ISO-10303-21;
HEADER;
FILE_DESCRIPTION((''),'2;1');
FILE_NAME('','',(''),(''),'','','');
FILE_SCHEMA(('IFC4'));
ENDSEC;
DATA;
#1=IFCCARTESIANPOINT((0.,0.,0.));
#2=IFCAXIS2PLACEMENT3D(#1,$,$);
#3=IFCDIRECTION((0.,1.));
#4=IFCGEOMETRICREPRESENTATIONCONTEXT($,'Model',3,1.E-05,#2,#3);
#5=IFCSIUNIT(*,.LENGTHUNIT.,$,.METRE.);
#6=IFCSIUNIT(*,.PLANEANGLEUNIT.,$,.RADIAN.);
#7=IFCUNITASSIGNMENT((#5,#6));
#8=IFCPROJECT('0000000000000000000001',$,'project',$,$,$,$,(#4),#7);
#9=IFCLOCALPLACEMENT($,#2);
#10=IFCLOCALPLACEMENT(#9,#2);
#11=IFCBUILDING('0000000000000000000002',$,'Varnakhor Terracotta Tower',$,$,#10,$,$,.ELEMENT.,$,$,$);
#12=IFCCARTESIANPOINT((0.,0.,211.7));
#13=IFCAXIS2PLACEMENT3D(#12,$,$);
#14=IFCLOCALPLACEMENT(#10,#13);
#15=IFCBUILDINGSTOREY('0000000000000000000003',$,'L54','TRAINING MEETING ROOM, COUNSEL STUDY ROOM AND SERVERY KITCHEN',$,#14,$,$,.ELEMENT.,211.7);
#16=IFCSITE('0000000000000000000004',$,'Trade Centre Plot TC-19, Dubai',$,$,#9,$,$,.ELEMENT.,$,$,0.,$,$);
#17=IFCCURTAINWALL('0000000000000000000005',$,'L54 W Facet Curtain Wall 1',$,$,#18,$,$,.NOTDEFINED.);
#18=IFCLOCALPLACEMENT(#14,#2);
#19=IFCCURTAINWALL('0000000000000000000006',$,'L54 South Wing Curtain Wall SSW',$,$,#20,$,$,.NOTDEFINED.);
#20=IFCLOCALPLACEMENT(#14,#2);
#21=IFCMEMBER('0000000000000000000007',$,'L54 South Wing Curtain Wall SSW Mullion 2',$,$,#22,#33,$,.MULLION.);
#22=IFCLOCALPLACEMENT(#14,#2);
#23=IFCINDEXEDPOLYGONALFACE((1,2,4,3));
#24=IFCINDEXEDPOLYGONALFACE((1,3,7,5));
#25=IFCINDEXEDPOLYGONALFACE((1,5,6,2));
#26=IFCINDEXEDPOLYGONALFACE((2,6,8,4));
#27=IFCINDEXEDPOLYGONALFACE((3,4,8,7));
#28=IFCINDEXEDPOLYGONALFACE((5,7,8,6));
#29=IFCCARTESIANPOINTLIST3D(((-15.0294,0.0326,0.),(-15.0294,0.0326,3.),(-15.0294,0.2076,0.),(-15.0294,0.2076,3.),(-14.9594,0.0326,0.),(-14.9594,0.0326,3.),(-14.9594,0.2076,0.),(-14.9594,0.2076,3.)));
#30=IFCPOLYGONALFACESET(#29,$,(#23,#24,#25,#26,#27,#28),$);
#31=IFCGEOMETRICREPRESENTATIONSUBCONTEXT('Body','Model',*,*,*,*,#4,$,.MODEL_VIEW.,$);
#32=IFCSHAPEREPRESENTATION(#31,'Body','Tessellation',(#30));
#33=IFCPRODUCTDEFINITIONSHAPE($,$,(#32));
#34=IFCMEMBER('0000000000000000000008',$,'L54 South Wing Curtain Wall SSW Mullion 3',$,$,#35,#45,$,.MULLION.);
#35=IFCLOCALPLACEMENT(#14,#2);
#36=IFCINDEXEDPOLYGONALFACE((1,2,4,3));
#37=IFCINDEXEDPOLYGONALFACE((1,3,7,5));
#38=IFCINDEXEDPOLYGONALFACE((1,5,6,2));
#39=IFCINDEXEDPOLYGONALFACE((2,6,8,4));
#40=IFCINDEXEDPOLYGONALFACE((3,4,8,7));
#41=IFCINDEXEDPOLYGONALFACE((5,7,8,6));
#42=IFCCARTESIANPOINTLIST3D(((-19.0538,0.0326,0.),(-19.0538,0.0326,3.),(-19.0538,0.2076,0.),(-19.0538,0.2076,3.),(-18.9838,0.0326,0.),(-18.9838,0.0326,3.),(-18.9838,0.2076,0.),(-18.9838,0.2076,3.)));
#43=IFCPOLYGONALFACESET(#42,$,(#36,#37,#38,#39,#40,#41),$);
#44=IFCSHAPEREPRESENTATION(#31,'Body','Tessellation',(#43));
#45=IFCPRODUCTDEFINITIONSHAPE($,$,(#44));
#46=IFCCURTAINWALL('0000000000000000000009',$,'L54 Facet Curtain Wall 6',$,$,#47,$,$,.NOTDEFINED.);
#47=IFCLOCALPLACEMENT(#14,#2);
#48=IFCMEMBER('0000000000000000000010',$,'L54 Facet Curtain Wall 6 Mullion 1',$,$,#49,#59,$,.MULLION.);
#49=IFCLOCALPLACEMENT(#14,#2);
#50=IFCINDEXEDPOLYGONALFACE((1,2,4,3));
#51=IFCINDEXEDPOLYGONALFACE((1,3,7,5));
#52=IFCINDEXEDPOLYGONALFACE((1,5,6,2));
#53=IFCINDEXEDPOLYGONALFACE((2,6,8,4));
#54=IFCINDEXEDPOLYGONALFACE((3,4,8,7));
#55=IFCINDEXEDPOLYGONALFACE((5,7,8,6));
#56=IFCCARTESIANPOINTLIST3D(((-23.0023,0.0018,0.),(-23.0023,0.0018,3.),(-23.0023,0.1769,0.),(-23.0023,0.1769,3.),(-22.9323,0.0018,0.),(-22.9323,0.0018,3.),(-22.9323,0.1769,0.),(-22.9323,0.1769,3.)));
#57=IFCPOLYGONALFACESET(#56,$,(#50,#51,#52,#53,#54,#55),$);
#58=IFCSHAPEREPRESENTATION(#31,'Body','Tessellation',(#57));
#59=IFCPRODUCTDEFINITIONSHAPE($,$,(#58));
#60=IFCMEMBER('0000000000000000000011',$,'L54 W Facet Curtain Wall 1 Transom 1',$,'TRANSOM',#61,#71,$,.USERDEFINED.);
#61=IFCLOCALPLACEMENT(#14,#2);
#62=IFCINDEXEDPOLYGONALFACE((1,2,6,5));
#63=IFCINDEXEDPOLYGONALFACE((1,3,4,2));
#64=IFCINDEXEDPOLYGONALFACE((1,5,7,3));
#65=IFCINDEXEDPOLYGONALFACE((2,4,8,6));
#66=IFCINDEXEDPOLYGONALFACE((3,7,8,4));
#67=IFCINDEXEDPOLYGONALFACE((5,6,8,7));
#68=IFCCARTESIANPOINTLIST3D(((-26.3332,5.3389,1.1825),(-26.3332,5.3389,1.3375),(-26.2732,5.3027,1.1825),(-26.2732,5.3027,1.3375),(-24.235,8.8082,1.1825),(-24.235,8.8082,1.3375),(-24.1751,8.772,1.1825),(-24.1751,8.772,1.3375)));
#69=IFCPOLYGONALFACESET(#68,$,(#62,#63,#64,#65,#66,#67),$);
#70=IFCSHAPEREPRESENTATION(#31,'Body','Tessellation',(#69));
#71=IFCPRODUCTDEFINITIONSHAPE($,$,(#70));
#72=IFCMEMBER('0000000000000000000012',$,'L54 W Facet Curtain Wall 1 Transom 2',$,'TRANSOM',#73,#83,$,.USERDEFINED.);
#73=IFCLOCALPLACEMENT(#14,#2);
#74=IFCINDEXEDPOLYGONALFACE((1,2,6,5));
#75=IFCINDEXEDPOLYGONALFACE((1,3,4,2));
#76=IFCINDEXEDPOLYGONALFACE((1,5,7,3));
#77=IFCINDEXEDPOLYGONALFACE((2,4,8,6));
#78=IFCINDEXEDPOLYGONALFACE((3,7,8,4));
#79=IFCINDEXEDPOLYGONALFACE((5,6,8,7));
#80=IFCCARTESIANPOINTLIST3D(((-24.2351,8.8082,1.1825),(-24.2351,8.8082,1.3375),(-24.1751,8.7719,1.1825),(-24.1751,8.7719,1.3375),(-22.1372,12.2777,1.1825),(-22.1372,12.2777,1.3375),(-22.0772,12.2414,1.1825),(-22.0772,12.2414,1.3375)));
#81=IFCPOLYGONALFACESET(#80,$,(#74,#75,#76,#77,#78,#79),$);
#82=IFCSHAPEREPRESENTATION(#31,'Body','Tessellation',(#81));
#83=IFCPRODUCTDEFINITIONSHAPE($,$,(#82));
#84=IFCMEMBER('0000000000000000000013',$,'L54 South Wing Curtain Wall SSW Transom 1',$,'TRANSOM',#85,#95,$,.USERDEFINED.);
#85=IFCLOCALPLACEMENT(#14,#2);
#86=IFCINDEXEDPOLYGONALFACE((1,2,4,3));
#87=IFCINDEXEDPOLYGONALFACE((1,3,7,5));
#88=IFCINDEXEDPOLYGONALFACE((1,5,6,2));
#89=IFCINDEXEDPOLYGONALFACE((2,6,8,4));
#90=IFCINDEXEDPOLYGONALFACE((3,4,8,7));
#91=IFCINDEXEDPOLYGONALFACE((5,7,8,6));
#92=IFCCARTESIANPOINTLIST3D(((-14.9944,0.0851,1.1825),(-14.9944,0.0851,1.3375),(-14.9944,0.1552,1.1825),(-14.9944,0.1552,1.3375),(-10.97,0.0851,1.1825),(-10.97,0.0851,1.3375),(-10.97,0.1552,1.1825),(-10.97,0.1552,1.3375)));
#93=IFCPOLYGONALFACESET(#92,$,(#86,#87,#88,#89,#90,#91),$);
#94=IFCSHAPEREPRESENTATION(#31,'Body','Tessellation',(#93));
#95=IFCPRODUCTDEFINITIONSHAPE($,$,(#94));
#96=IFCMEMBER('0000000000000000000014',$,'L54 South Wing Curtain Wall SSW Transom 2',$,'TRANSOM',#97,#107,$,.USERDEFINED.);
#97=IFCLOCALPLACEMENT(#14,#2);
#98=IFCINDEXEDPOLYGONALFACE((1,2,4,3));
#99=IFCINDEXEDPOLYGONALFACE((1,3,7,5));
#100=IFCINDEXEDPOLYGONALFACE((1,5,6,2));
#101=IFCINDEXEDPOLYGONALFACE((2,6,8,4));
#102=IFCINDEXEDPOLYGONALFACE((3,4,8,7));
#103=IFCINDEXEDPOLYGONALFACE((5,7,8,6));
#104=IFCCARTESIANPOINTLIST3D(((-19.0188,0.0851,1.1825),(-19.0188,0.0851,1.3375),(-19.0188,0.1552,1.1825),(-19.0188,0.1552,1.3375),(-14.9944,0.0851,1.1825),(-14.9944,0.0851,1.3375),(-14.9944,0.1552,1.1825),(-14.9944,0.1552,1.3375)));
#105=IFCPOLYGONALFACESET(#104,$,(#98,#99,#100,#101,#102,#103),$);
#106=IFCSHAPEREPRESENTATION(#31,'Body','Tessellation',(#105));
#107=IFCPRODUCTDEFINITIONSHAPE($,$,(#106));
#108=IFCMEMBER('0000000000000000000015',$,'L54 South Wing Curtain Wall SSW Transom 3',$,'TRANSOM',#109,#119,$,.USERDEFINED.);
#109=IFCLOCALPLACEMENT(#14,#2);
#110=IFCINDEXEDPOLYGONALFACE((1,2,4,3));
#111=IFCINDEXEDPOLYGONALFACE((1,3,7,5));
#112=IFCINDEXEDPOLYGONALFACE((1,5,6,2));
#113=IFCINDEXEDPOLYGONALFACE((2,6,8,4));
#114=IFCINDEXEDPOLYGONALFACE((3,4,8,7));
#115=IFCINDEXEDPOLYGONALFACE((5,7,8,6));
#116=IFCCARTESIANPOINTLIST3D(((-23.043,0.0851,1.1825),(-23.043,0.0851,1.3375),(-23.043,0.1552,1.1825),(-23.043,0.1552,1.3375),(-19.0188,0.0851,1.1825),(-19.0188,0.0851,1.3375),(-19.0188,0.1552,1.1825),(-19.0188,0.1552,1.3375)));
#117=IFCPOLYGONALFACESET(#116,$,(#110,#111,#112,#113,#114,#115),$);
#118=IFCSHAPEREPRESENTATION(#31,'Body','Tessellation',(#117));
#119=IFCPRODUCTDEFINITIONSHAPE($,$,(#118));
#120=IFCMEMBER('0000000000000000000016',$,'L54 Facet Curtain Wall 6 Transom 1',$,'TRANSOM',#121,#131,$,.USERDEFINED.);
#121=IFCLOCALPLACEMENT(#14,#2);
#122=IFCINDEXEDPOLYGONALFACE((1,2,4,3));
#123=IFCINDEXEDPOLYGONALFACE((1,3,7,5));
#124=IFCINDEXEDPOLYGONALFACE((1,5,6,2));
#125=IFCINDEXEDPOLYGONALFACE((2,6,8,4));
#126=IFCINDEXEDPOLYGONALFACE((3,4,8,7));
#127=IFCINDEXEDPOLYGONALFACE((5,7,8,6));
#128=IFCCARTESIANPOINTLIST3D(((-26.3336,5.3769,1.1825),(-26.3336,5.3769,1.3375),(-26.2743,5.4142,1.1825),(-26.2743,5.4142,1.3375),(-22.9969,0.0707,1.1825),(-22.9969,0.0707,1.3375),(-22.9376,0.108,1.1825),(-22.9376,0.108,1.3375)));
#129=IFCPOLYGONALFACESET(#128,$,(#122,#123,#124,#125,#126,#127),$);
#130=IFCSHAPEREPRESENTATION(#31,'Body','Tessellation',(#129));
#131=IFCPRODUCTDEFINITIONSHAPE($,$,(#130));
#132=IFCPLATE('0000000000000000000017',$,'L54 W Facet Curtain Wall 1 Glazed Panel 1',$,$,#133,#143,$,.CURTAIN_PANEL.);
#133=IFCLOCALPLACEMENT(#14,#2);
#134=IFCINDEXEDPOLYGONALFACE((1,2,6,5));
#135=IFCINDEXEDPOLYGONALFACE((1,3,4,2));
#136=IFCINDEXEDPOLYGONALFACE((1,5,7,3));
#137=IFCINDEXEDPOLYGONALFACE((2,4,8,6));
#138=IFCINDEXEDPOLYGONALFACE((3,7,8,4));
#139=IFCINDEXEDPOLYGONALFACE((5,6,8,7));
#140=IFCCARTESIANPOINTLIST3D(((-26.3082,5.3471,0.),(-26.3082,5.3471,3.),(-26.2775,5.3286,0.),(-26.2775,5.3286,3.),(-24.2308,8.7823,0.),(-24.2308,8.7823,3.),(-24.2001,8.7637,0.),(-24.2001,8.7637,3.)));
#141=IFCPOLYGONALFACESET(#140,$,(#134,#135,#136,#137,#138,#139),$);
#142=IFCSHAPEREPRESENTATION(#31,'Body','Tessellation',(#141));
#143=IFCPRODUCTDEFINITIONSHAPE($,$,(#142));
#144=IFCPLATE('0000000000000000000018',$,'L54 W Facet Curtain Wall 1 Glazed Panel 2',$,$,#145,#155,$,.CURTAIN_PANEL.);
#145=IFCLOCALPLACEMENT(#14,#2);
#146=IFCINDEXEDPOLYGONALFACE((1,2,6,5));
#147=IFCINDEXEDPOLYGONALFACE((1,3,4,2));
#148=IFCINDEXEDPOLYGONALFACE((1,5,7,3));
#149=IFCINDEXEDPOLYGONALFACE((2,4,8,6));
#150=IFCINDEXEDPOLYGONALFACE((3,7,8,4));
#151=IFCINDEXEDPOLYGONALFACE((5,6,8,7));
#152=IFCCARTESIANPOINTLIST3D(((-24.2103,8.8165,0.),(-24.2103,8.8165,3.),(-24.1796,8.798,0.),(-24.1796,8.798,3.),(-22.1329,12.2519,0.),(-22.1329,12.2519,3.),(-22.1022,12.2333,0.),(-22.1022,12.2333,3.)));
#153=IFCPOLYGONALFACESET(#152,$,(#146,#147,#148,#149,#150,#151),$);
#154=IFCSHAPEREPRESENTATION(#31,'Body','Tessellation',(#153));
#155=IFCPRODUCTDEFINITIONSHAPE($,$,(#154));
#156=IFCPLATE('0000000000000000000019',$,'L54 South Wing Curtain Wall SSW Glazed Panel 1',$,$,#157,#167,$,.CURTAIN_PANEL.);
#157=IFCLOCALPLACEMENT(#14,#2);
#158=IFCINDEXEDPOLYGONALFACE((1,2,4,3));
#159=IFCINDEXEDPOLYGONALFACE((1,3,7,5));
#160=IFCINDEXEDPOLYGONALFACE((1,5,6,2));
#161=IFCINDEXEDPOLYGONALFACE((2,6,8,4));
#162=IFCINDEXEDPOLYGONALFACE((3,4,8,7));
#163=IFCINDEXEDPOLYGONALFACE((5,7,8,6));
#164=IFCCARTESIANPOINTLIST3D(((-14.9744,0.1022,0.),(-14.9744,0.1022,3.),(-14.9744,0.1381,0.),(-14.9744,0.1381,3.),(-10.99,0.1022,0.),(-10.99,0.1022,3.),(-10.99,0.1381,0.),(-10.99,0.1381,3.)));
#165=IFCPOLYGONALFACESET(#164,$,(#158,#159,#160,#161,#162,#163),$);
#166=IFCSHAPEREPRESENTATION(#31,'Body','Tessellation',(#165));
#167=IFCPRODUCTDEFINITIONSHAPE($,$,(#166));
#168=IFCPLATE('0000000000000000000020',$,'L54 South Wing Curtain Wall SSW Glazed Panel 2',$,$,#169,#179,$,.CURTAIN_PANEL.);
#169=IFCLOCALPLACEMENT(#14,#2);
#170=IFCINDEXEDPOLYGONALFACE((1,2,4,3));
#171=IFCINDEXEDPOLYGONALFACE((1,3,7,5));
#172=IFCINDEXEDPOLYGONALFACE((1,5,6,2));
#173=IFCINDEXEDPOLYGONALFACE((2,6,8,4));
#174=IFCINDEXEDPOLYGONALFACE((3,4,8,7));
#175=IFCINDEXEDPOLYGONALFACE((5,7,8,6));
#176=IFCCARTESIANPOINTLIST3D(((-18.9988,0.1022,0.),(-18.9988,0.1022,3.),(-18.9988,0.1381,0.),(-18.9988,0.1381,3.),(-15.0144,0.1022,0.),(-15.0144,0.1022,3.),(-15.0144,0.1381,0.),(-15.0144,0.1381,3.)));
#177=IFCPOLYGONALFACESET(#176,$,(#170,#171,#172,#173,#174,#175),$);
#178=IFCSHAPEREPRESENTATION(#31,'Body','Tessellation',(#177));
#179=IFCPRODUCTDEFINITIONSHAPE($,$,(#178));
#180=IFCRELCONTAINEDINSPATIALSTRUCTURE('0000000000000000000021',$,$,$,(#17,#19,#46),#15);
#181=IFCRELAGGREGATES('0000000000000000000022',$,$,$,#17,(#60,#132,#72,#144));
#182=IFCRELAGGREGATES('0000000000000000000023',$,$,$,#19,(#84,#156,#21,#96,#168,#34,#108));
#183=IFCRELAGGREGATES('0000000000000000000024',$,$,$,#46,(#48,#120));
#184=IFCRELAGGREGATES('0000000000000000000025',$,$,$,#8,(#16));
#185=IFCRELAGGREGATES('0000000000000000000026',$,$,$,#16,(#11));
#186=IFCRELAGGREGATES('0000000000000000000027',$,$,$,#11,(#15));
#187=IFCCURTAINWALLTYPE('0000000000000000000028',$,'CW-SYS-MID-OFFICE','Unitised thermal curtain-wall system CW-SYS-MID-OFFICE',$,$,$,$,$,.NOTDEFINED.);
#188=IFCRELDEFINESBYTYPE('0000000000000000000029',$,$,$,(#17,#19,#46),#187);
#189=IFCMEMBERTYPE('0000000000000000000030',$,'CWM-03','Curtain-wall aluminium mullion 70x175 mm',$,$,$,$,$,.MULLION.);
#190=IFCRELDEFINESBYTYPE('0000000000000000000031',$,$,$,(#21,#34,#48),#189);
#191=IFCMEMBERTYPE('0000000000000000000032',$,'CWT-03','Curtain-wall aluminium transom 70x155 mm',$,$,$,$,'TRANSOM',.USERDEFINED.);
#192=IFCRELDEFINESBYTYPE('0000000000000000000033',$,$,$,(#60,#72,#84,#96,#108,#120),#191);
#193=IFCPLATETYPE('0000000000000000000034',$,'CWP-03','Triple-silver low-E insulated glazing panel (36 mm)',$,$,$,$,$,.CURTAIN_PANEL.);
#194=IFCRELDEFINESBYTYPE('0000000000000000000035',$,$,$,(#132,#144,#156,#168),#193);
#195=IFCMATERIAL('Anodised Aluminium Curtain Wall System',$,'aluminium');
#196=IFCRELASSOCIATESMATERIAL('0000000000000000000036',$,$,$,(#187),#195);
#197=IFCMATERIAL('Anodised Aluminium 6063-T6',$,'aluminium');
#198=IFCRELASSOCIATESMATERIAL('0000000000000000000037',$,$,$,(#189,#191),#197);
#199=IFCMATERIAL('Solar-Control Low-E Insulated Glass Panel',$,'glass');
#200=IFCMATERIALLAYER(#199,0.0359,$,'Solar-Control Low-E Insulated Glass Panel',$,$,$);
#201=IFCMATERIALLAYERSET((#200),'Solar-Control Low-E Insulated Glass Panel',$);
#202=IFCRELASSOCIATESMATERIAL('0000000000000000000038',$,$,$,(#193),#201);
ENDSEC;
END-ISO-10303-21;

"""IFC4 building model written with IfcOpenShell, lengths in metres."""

from ifc_helpers import new_model, si_unit, direction, frame, origin, origin_2d, place, context, subcontext, project, spatial, rectangle, extrude, source, transform, mapped, material, layer, layer_set, material_profile, profile_set, type_object, element, aggregate, save


model = new_model("IFC4")

# Units and contexts
model_context = context("Model", 3, precision=1e-05, world=origin(), true_north=direction((0.0, 1.0)))
body_context = subcontext(model_context, "Body", "Model", "MODEL_VIEW")
ifc_project = project(units=[si_unit("LENGTHUNIT", "METRE"), si_unit("PLANEANGLEUNIT", "RADIAN")], contexts=[model_context])

# Site, building, storey
site_placement = place(None, origin())
site = spatial("IfcSite", under=ifc_project, at=site_placement, Name="Trade Centre Plot TC-19, Dubai", CompositionType="ELEMENT", RefElevation=0.0)
building_placement = place(site_placement, origin())
building = spatial("IfcBuilding", under=site, at=building_placement, Name="Varnakhor Terracotta Tower", CompositionType="ELEMENT")
storey_placement = place(building_placement, frame((0.0, 0.0, 211.7)))
storey = spatial("IfcBuildingStorey", under=building, at=storey_placement, Name="L54", Description="TRAINING MEETING ROOM, COUNSEL STUDY ROOM AND SERVERY KITCHEN", CompositionType="ELEMENT", Elevation=211.7)

# Curtain walls, members
ifc_material_1 = material(Name="Anodised Aluminium Curtain Wall System", Category="aluminium")
curtain_wall_type = type_object("IfcCurtainWallType", Name="CW-SYS-MID-OFFICE", Description="Unitised thermal curtain-wall system CW-SYS-MID-OFFICE", PredefinedType="NOTDEFINED", material=ifc_material_1)
curtain_wall_1_placement = place(storey_placement, origin())
curtain_wall_1 = element("IfcCurtainWall", 1, at=curtain_wall_1_placement, inside=storey, type_object=curtain_wall_type, Name="L54 W Facet Curtain Wall 1", PredefinedType="NOTDEFINED")
ifc_material_2 = material(Name="Anodised Aluminium 6063-T6", Category="aluminium")
ifc_material_profile_1 = material_profile(ifc_material_2, rectangle(XDim=0.0701, YDim=0.175, at=origin_2d()), Name="ALU MULLION 70x175")
ifc_profile_set_1 = profile_set([ifc_material_profile_1], Name="Anodised Aluminium 6063-T6")
member_type_1 = type_object("IfcMemberType", Name="CWM-03", Description="Curtain-wall aluminium mullion 70x175 mm", PredefinedType="MULLION", material=ifc_profile_set_1)
shared_shape_1 = source(origin(), body_context, "Body", "SweptSolid", [
    extrude(rectangle(XDim=0.0701, YDim=0.175, at=origin_2d()), origin(), (0.0, 0.0, 1.0), 3.0),
])
curtain_wall_2_placement = place(storey_placement, origin())
curtain_wall_2 = element("IfcCurtainWall", 2, at=curtain_wall_2_placement, inside=storey, type_object=curtain_wall_type, Name="L54 South Wing Curtain Wall SSW", PredefinedType="NOTDEFINED")
member_1_placement = place(storey_placement, frame((-14.9944, 0.1201, 0.0), z_axis=(0.0, 0.0, 1.0), x_axis=(1.0, 0.0, 0.0)))
member_1 = element("IfcMember", 3, at=member_1_placement, type_object=member_type_1, Name="L54 South Wing Curtain Wall SSW Mullion 2", PredefinedType="MULLION", context=body_context, shape_type="MappedRepresentation", body=[
    mapped(shared_shape_1, transform((0.0, 0.0, 0.0), scale=1.0)),
])
member_2_placement = place(storey_placement, frame((-19.0188, 0.1201, 0.0), z_axis=(0.0, 0.0, 1.0), x_axis=(1.0, 0.0, 0.0)))
member_2 = element("IfcMember", 4, at=member_2_placement, type_object=member_type_1, Name="L54 South Wing Curtain Wall SSW Mullion 3", PredefinedType="MULLION", context=body_context, shape_type="MappedRepresentation", body=[
    mapped(shared_shape_1, transform((0.0, 0.0, 0.0), scale=1.0)),
])

# Curtain wall, member
curtain_wall_3_placement = place(storey_placement, origin())
curtain_wall_3 = element("IfcCurtainWall", 5, at=curtain_wall_3_placement, inside=storey, type_object=curtain_wall_type, Name="L54 Facet Curtain Wall 6", PredefinedType="NOTDEFINED")
member_3_placement = place(storey_placement, frame((-22.9673, 0.0894, 0.0), z_axis=(0.0, 0.0, 1.0), x_axis=(1.0, 0.0, 0.0)))
member_3 = element("IfcMember", 6, at=member_3_placement, type_object=member_type_1, Name="L54 Facet Curtain Wall 6 Mullion 1", PredefinedType="MULLION", context=body_context, shape_type="MappedRepresentation", body=[
    mapped(shared_shape_1, transform((0.0, 0.0, 0.0), scale=1.0)),
])

# Members
ifc_material_profile_2 = material_profile(ifc_material_2, rectangle(XDim=0.0701, YDim=0.155, at=origin_2d()), Name="ALU TRANSOM 70x155")
ifc_profile_set_2 = profile_set([ifc_material_profile_2], Name="Anodised Aluminium 6063-T6")
member_type_2 = type_object("IfcMemberType", Name="CWT-03", Description="Curtain-wall aluminium transom 70x155 mm", ElementType="TRANSOM", PredefinedType="USERDEFINED", material=ifc_profile_set_2)
shared_shape_2 = source(origin(), body_context, "Body", "SweptSolid", [
    extrude(rectangle(XDim=0.0701, YDim=0.155, at=origin_2d()), origin(), (0.0, 0.0, 1.0), 4.0544),
])
member_4_placement = place(storey_placement, frame((-26.3032, 5.3208, 1.26), z_axis=(0.517503, 0.855681, 0.0), x_axis=(-0.855681, 0.517503, 0.0)))
member_4 = element("IfcMember", 7, at=member_4_placement, type_object=member_type_2, Name="L54 W Facet Curtain Wall 1 Transom 1", ObjectType="TRANSOM", PredefinedType="USERDEFINED", context=body_context, shape_type="MappedRepresentation", body=[
    mapped(shared_shape_2, transform((0.0, 0.0, 0.0), scale=1.0)),
])
member_5_placement = place(storey_placement, frame((-24.2051, 8.79, 1.26), z_axis=(0.517433, 0.855724, 0.0), x_axis=(-0.855724, 0.517433, 0.0)))
member_5 = element("IfcMember", 8, at=member_5_placement, type_object=member_type_2, Name="L54 W Facet Curtain Wall 1 Transom 2", ObjectType="TRANSOM", PredefinedType="USERDEFINED", context=body_context, shape_type="MappedRepresentation", body=[
    mapped(shared_shape_2, transform((0.0, 0.0, 0.0), scale=1.0)),
])
shared_shape_3 = source(origin(), body_context, "Body", "SweptSolid", [
    extrude(rectangle(XDim=0.0701, YDim=0.155, at=origin_2d()), origin(), (0.0, 0.0, 1.0), 4.0244),
])
member_6_placement = place(storey_placement, frame((-10.97, 0.1201, 1.26), z_axis=(-1.0, 0.0, 0.0), x_axis=(0.0, -1.0, 0.0)))
member_6 = element("IfcMember", 9, at=member_6_placement, type_object=member_type_2, Name="L54 South Wing Curtain Wall SSW Transom 1", ObjectType="TRANSOM", PredefinedType="USERDEFINED", context=body_context, shape_type="MappedRepresentation", body=[
    mapped(shared_shape_3, transform((0.0, 0.0, 0.0), scale=1.0)),
])
member_7_placement = place(storey_placement, frame((-14.9944, 0.1201, 1.26), z_axis=(-1.0, 0.0, 0.0), x_axis=(0.0, -1.0, 0.0)))
member_7 = element("IfcMember", 10, at=member_7_placement, type_object=member_type_2, Name="L54 South Wing Curtain Wall SSW Transom 2", ObjectType="TRANSOM", PredefinedType="USERDEFINED", context=body_context, shape_type="MappedRepresentation", body=[
    mapped(shared_shape_3, transform((0.0, 0.0, 0.0), scale=1.0)),
])
shared_shape_4 = source(origin(), body_context, "Body", "SweptSolid", [
    extrude(rectangle(XDim=0.0701, YDim=0.155, at=origin_2d()), origin(), (0.0, 0.0, 1.0), 4.0242),
])
member_8_placement = place(storey_placement, frame((-19.0188, 0.1201, 1.26), z_axis=(-1.0, 0.0, 0.0), x_axis=(0.0, -1.0, 0.0)))
member_8 = element("IfcMember", 11, at=member_8_placement, type_object=member_type_2, Name="L54 South Wing Curtain Wall SSW Transom 3", ObjectType="TRANSOM", PredefinedType="USERDEFINED", context=body_context, shape_type="MappedRepresentation", body=[
    mapped(shared_shape_4, transform((0.0, 0.0, 0.0), scale=1.0)),
])
shared_shape_5 = source(origin(), body_context, "Body", "SweptSolid", [
    extrude(rectangle(XDim=0.0701, YDim=0.155, at=origin_2d()), origin(), (0.0, 0.0, 1.0), 6.2681),
])
member_9_placement = place(storey_placement, frame((-22.9673, 0.0894, 1.26), z_axis=(-0.532329, 0.846538, 0.0), x_axis=(-0.846538, -0.532329, 0.0)))
member_9 = element("IfcMember", 12, at=member_9_placement, type_object=member_type_2, Name="L54 Facet Curtain Wall 6 Transom 1", ObjectType="TRANSOM", PredefinedType="USERDEFINED", context=body_context, shape_type="MappedRepresentation", body=[
    mapped(shared_shape_5, transform((0.0, 0.0, 0.0), scale=1.0)),
])

# Plates
ifc_material_3 = material(Name="Solar-Control Low-E Insulated Glass Panel", Category="glass")
ifc_layer_1 = layer(ifc_material_3, 0.0359, Name="Solar-Control Low-E Insulated Glass Panel")
ifc_layer_set_1 = layer_set([ifc_layer_1], Name="Solar-Control Low-E Insulated Glass Panel")
plate_type = type_object("IfcPlateType", Name="CWP-03", Description="Triple-silver low-E insulated glazing panel (36 mm)", PredefinedType="CURTAIN_PANEL", material=ifc_layer_set_1)
shared_shape_6 = source(origin(), body_context, "Body", "SweptSolid", [
    extrude(rectangle(XDim=4.0144, YDim=0.0359, at=origin_2d()), origin(), (0.0, 0.0, 1.0), 3.0),
])
plate_1_placement = place(storey_placement, frame((-25.2542, 7.0554, 0.0), z_axis=(0.0, 0.0, 1.0), x_axis=(0.517475, 0.855699, 0.0)))
plate_1 = element("IfcPlate", 13, at=plate_1_placement, type_object=plate_type, Name="L54 W Facet Curtain Wall 1 Glazed Panel 1", PredefinedType="CURTAIN_PANEL", context=body_context, shape_type="MappedRepresentation", body=[
    mapped(shared_shape_6, transform((0.0, 0.0, 0.0), scale=1.0)),
])
shared_shape_7 = source(origin(), body_context, "Body", "SweptSolid", [
    extrude(rectangle(XDim=4.0146, YDim=0.0359, at=origin_2d()), origin(), (0.0, 0.0, 1.0), 3.0),
])
plate_2_placement = place(storey_placement, frame((-23.1562, 10.5249, 0.0), z_axis=(0.0, 0.0, 1.0), x_axis=(0.517475, 0.855699, 0.0)))
plate_2 = element("IfcPlate", 14, at=plate_2_placement, type_object=plate_type, Name="L54 W Facet Curtain Wall 1 Glazed Panel 2", PredefinedType="CURTAIN_PANEL", context=body_context, shape_type="MappedRepresentation", body=[
    mapped(shared_shape_7, transform((0.0, 0.0, 0.0), scale=1.0)),
])
aggregate(curtain_wall_1, [member_4, plate_1, member_5, plate_2])
shared_shape_8 = source(origin(), body_context, "Body", "SweptSolid", [
    extrude(rectangle(XDim=3.9844, YDim=0.0359, at=origin_2d()), origin(), (0.0, 0.0, 1.0), 3.0),
])
plate_3_placement = place(storey_placement, frame((-12.9822, 0.1201, 0.0), z_axis=(0.0, 0.0, 1.0), x_axis=(-1.0, 0.0, 0.0)))
plate_3 = element("IfcPlate", 15, at=plate_3_placement, type_object=plate_type, Name="L54 South Wing Curtain Wall SSW Glazed Panel 1", PredefinedType="CURTAIN_PANEL", context=body_context, shape_type="MappedRepresentation", body=[
    mapped(shared_shape_8, transform((0.0, 0.0, 0.0), scale=1.0)),
])
plate_4_placement = place(storey_placement, frame((-17.0066, 0.1201, 0.0), z_axis=(0.0, 0.0, 1.0), x_axis=(-1.0, 0.0, 0.0)))
plate_4 = element("IfcPlate", 16, at=plate_4_placement, type_object=plate_type, Name="L54 South Wing Curtain Wall SSW Glazed Panel 2", PredefinedType="CURTAIN_PANEL", context=body_context, shape_type="MappedRepresentation", body=[
    mapped(shared_shape_8, transform((0.0, 0.0, 0.0), scale=1.0)),
])
aggregate(curtain_wall_2, [member_6, plate_3, member_1, member_7, plate_4, member_2, member_8])
aggregate(curtain_wall_3, [member_3, member_9])

save(model, "model.ifc")
